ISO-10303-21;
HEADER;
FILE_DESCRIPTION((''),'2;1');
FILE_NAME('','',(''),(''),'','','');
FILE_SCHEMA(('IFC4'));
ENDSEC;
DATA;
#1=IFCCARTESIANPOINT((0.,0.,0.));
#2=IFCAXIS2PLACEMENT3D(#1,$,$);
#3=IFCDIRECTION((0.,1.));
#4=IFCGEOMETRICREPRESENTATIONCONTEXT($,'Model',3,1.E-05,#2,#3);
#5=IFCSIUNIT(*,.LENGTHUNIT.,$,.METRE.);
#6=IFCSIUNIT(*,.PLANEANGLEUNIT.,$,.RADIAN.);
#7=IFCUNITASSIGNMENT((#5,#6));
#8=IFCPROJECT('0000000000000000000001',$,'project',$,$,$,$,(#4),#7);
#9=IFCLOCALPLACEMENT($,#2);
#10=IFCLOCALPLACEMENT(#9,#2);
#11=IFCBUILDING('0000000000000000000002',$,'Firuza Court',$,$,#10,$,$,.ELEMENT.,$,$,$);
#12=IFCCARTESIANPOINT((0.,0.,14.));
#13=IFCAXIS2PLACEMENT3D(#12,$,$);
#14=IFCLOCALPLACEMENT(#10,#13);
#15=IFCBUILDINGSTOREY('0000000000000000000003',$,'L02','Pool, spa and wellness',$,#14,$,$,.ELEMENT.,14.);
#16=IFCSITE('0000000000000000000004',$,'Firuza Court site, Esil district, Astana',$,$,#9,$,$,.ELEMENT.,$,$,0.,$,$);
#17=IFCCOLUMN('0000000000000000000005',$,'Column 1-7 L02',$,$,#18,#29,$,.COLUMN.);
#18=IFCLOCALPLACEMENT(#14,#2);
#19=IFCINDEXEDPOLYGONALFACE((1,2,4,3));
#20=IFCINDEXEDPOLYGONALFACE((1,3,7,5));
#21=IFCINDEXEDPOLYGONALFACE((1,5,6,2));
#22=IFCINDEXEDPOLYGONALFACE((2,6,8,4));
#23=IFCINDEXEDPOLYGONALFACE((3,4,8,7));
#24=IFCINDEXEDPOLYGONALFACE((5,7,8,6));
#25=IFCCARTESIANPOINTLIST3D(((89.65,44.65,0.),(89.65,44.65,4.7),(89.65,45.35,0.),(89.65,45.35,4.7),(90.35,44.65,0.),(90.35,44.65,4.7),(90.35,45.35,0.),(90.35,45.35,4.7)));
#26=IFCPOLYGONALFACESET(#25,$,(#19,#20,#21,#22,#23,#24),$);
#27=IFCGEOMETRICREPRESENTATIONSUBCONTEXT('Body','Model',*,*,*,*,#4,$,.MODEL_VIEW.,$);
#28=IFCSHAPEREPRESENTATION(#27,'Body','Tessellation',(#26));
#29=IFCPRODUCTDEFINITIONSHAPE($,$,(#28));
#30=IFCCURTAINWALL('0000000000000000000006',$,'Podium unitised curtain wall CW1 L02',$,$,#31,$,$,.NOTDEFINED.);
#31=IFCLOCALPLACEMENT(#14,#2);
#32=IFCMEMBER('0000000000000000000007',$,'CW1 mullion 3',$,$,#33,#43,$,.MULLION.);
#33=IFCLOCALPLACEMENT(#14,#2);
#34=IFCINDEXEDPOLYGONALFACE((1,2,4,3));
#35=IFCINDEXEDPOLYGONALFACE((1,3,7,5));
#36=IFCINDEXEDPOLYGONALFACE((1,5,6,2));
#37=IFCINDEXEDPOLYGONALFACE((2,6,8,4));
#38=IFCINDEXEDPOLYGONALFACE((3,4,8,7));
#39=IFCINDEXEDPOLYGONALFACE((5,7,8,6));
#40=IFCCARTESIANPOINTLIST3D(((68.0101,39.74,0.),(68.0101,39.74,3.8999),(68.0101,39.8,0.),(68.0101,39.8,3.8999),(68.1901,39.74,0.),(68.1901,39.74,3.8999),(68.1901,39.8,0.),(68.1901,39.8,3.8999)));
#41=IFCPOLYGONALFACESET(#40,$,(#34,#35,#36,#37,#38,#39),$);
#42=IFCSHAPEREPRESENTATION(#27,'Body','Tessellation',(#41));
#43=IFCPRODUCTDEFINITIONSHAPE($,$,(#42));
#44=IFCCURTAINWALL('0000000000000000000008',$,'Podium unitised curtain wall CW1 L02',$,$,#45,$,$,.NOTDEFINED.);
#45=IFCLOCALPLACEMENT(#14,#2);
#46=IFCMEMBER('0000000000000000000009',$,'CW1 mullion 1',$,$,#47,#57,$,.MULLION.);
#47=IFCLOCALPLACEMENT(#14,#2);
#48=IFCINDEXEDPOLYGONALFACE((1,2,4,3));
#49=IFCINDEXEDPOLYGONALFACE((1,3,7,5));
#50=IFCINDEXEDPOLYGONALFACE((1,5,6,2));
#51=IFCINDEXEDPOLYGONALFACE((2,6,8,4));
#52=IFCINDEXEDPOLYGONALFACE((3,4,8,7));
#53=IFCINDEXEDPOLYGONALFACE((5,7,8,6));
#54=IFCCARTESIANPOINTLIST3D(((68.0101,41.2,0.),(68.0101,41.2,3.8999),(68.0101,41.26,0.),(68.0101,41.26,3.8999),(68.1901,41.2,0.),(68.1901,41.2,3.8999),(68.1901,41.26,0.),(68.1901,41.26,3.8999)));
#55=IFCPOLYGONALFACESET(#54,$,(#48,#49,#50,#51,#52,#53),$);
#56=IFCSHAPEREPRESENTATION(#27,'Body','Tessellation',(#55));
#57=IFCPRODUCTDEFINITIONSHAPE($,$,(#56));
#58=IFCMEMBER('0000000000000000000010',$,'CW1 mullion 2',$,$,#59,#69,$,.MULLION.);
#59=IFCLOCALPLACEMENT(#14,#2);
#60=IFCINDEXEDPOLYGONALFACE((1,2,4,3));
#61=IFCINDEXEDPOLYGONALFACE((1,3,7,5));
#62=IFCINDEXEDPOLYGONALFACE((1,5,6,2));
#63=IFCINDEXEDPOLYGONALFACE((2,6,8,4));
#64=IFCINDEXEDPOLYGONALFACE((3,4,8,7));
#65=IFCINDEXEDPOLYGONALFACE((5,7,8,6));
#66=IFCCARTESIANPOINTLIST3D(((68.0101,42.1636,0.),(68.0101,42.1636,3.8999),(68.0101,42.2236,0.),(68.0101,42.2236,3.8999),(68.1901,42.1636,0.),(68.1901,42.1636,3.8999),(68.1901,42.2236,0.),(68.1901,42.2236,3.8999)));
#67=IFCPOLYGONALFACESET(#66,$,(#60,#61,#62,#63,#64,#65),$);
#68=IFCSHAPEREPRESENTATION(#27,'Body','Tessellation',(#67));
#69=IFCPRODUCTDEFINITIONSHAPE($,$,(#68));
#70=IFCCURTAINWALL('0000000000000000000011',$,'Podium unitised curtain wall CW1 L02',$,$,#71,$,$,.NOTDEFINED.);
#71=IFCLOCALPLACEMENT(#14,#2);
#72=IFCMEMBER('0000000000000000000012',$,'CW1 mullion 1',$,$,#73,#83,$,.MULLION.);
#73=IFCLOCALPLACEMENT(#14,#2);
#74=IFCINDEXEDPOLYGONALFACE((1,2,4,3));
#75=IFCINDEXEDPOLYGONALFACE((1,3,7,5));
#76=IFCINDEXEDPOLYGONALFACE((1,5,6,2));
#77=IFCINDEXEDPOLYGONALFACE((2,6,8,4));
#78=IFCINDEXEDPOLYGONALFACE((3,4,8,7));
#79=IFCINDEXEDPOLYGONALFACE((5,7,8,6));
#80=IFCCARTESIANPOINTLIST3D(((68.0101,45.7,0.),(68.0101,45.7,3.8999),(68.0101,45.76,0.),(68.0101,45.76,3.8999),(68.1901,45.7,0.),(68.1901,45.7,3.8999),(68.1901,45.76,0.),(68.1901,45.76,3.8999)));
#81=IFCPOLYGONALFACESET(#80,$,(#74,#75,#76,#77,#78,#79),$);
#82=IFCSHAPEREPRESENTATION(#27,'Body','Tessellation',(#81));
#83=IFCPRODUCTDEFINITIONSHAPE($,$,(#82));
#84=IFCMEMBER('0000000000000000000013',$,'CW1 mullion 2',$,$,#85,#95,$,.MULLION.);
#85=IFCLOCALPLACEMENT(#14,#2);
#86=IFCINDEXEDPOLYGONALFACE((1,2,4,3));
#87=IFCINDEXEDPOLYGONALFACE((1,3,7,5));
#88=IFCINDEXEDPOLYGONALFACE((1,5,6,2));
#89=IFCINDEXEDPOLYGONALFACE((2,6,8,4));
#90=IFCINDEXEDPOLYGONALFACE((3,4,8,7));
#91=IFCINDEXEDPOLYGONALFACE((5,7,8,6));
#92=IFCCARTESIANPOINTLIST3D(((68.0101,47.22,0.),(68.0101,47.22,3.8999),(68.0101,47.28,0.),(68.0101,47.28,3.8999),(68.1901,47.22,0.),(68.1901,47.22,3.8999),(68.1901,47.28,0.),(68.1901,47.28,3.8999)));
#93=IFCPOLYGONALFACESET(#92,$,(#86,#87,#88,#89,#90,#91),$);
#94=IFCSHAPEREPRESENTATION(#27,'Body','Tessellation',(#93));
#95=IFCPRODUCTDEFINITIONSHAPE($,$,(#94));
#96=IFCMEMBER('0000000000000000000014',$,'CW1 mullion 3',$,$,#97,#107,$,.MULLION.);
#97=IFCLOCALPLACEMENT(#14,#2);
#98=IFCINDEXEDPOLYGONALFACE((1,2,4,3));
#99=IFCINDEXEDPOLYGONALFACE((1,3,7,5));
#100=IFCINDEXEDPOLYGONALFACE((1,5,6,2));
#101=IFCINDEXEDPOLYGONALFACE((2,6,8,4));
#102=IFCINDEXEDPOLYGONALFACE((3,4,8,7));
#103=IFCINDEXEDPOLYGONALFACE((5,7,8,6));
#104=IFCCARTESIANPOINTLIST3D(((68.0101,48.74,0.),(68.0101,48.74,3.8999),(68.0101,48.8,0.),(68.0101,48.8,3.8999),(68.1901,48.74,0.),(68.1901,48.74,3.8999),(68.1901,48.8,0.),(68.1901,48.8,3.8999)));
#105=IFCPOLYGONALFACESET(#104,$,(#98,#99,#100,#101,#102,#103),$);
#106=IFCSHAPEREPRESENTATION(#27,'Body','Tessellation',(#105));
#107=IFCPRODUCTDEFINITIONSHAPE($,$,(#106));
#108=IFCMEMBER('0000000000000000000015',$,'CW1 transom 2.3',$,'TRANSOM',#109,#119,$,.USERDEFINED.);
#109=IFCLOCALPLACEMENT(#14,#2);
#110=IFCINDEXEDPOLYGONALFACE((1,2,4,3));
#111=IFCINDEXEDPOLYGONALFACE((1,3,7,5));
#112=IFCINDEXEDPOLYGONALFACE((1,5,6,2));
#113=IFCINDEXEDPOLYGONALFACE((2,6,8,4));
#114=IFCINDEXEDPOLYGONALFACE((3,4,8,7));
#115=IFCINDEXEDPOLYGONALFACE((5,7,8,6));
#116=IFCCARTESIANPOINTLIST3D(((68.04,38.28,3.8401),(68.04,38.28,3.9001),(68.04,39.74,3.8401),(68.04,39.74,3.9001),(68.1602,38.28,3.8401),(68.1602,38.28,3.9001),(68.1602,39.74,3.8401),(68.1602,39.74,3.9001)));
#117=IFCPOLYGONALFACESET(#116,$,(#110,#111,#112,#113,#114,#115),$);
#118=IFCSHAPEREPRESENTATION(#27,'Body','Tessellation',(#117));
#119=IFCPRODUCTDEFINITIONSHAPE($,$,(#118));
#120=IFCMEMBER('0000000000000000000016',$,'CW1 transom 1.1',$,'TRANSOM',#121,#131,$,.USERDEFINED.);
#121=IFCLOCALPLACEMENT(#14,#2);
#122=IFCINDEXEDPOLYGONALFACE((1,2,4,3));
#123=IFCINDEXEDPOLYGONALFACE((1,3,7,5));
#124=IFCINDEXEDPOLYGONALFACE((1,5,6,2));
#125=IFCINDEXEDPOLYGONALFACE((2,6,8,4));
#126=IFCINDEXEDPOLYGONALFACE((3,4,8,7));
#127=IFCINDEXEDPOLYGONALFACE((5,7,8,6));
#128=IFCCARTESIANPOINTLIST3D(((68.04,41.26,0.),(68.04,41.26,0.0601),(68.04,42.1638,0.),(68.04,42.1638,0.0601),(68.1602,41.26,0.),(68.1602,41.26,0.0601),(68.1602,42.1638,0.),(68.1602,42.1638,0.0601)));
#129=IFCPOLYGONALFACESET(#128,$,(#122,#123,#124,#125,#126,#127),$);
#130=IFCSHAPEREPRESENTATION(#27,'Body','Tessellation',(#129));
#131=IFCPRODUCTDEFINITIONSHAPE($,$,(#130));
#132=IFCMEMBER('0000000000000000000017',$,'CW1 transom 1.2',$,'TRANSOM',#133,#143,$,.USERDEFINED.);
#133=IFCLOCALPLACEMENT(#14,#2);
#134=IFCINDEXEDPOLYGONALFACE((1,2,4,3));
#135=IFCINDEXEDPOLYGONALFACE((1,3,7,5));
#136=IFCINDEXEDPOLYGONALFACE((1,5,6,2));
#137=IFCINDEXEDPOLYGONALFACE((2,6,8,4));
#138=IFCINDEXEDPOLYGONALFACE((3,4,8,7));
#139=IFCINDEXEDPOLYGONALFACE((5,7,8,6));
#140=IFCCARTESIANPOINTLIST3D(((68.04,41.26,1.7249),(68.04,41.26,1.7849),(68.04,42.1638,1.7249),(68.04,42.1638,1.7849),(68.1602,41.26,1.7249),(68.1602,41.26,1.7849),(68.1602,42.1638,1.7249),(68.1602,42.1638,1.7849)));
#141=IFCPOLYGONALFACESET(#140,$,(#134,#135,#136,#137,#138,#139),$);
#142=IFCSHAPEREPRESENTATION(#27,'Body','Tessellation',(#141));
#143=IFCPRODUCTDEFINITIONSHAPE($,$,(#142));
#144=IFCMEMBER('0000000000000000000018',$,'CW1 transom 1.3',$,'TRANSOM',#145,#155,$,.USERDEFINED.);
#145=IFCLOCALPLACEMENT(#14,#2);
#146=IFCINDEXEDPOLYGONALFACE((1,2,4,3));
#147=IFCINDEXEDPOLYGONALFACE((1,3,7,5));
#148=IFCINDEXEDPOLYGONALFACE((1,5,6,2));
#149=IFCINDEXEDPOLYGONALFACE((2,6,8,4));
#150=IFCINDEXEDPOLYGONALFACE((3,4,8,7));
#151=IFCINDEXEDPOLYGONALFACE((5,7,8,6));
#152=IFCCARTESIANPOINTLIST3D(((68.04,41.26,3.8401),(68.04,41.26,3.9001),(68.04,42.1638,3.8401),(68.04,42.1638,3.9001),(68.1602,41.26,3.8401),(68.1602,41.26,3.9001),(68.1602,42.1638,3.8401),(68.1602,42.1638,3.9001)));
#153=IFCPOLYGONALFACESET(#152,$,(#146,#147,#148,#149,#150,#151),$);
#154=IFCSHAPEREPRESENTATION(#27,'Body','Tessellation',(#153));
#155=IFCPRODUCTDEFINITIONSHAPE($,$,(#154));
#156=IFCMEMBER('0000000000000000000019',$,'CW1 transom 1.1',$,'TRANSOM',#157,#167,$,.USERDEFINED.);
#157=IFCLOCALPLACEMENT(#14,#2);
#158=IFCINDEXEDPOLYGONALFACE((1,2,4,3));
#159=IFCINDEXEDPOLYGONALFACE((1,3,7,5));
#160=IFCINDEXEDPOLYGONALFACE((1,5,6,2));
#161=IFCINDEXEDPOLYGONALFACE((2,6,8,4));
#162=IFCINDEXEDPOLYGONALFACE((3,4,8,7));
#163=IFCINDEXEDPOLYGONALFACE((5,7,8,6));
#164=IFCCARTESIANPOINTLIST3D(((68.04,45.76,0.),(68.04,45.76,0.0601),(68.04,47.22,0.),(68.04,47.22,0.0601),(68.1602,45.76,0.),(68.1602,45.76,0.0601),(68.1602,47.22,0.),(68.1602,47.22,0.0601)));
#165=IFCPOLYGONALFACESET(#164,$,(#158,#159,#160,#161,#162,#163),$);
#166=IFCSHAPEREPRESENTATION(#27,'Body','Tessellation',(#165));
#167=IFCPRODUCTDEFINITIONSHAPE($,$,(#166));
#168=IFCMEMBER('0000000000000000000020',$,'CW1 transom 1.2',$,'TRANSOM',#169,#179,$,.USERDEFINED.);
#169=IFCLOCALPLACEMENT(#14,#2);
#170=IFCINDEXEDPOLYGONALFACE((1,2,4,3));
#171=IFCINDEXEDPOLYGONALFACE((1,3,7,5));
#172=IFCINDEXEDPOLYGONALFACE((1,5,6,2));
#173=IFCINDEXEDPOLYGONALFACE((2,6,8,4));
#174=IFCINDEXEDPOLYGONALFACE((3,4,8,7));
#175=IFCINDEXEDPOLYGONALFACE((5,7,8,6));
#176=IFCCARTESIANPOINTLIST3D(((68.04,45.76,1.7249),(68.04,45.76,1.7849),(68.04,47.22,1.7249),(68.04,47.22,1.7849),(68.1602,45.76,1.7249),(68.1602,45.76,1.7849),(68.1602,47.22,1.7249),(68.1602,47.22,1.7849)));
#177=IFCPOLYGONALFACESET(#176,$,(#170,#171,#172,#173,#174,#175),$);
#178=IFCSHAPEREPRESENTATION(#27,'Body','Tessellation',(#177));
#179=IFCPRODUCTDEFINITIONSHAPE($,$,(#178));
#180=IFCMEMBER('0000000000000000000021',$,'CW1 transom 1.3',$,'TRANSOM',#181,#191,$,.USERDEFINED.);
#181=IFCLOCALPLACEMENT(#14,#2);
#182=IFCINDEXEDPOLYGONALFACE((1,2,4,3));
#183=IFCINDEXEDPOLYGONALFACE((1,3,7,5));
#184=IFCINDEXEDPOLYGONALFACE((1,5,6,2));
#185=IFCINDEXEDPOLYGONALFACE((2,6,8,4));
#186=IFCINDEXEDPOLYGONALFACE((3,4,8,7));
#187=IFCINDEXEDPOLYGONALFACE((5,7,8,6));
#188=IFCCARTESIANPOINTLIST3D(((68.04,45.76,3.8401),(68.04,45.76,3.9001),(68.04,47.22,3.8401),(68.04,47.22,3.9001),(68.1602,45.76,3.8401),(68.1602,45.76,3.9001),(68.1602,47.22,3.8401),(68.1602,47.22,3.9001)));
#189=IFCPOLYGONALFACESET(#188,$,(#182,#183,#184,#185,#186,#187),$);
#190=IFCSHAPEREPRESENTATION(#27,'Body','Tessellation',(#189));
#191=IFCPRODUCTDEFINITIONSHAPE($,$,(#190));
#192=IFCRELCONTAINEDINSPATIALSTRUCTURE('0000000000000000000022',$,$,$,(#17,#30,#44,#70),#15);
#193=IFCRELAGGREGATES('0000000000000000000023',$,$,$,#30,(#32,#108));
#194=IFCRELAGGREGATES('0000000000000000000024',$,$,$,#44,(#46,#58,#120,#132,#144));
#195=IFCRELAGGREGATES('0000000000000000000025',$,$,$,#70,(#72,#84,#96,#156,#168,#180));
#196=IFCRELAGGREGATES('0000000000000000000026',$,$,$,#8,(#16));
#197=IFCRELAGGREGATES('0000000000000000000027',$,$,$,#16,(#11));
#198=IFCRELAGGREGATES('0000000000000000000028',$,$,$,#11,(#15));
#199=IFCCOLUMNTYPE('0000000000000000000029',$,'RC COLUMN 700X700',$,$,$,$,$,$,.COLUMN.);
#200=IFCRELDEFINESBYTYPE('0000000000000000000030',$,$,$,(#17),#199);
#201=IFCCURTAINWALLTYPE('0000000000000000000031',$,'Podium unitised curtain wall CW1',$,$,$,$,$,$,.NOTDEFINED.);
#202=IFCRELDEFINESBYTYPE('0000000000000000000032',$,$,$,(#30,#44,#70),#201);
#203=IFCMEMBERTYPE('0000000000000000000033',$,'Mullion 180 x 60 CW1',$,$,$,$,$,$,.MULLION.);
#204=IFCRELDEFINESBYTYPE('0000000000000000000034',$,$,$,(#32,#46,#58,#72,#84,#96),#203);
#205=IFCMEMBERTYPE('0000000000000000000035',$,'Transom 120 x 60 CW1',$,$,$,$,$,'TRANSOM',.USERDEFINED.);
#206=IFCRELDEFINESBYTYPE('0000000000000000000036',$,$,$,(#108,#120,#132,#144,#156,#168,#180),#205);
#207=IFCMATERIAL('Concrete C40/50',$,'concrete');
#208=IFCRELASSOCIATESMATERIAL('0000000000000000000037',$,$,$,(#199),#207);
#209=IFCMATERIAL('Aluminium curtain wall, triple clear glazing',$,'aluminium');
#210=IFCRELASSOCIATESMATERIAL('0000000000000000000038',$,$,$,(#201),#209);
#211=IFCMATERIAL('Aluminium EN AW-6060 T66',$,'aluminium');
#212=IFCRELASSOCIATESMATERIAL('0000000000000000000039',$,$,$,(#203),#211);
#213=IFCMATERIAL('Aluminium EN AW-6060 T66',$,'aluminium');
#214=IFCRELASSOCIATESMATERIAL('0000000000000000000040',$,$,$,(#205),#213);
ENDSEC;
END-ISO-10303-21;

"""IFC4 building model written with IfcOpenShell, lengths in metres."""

from ifc_helpers import new_model, si_unit, direction, frame, origin, origin_2d, place, context, subcontext, project, spatial, rectangle, extrude, material, material_profile, profile_set, type_object, element, aggregate, save


model = new_model("IFC4")

# Units and contexts
model_context = context("Model", 3, precision=1e-05, world=origin(), true_north=direction((0.0, 1.0)))
body_context = subcontext(model_context, "Body", "Model", "MODEL_VIEW")
ifc_project = project(units=[si_unit("LENGTHUNIT", "METRE"), si_unit("PLANEANGLEUNIT", "RADIAN")], contexts=[model_context])

# Site, building, storey
site_placement = place(None, origin())
site = spatial("IfcSite", under=ifc_project, at=site_placement, Name="Firuza Court site, Esil district, Astana", CompositionType="ELEMENT", RefElevation=0.0)
building_placement = place(site_placement, origin())
building = spatial("IfcBuilding", under=site, at=building_placement, Name="Firuza Court", CompositionType="ELEMENT")
storey_placement = place(building_placement, frame((0.0, 0.0, 14.0)))
storey = spatial("IfcBuildingStorey", under=building, at=storey_placement, Name="L02", Description="Pool, spa and wellness", CompositionType="ELEMENT", Elevation=14.0)

# Column
ifc_material_1 = material(Name="Concrete C40/50", Category="concrete")
ifc_material_profile_1 = material_profile(ifc_material_1, rectangle(XDim=0.7, YDim=0.7, at=origin_2d()), Name="RC 700X700")
ifc_profile_set_1 = profile_set([ifc_material_profile_1], Name="Concrete C40/50")
column_type = type_object("IfcColumnType", Name="RC COLUMN 700X700", PredefinedType="COLUMN", material=ifc_profile_set_1)
column_placement = place(storey_placement, frame((90.0, 45.0, 0.0), z_axis=(0.0, 0.0, 1.0), x_axis=(1.0, 0.0, 0.0)))
element("IfcColumn", 1, at=column_placement, inside=storey, type_object=column_type, Name="Column 1-7 L02", PredefinedType="COLUMN", context=body_context, shape_type="SweptSolid", body=[
    extrude(rectangle(XDim=0.7, YDim=0.7, at=origin_2d()), origin(), (0.0, 0.0, 1.0), 4.7),
])

# Curtain wall, member
ifc_material_2 = material(Name="Aluminium curtain wall, triple clear glazing", Category="aluminium")
curtain_wall_type = type_object("IfcCurtainWallType", Name="Podium unitised curtain wall CW1", PredefinedType="NOTDEFINED", material=ifc_material_2)
curtain_wall_1_placement = place(storey_placement, origin())
curtain_wall_1 = element("IfcCurtainWall", 2, at=curtain_wall_1_placement, inside=storey, type_object=curtain_wall_type, Name="Podium unitised curtain wall CW1 L02", PredefinedType="NOTDEFINED")
ifc_material_3 = material(Name="Aluminium EN AW-6060 T66", Category="aluminium")
ifc_material_profile_2 = material_profile(ifc_material_3, rectangle(XDim=0.1799, YDim=0.0601, at=origin_2d()), Name="Mullion 180 x 60 CW1")
ifc_profile_set_2 = profile_set([ifc_material_profile_2], Name="Aluminium EN AW-6060 T66")
member_type_1 = type_object("IfcMemberType", Name="Mullion 180 x 60 CW1", PredefinedType="MULLION", material=ifc_profile_set_2)
member_1_placement = place(storey_placement, frame((68.1001, 39.77, 0.0), z_axis=(0.0, 0.0, 1.0), x_axis=(-1.0, 0.0, 0.0)))
member_1 = element("IfcMember", 3, at=member_1_placement, type_object=member_type_1, Name="CW1 mullion 3", PredefinedType="MULLION", context=body_context, shape_type="SweptSolid", body=[
    extrude(rectangle(XDim=0.1799, YDim=0.0601, at=origin_2d()), origin(), (0.0, 0.0, 1.0), 3.8999),
])

# Curtain walls, members
curtain_wall_2_placement = place(storey_placement, origin())
curtain_wall_2 = element("IfcCurtainWall", 4, at=curtain_wall_2_placement, inside=storey, type_object=curtain_wall_type, Name="Podium unitised curtain wall CW1 L02", PredefinedType="NOTDEFINED")
member_2_placement = place(storey_placement, frame((68.1001, 41.23, 0.0), z_axis=(0.0, 0.0, 1.0), x_axis=(-1.0, 0.0, 0.0)))
member_2 = element("IfcMember", 5, at=member_2_placement, type_object=member_type_1, Name="CW1 mullion 1", PredefinedType="MULLION", context=body_context, shape_type="SweptSolid", body=[
    extrude(rectangle(XDim=0.1799, YDim=0.0601, at=origin_2d()), origin(), (0.0, 0.0, 1.0), 3.8999),
])
member_3_placement = place(storey_placement, frame((68.1001, 42.1936, 0.0), z_axis=(0.0, 0.0, 1.0), x_axis=(-1.0, 0.0, 0.0)))
member_3 = element("IfcMember", 6, at=member_3_placement, type_object=member_type_1, Name="CW1 mullion 2", PredefinedType="MULLION", context=body_context, shape_type="SweptSolid", body=[
    extrude(rectangle(XDim=0.1799, YDim=0.0601, at=origin_2d()), origin(), (0.0, 0.0, 1.0), 3.8999),
])
curtain_wall_3_placement = place(storey_placement, origin())
curtain_wall_3 = element("IfcCurtainWall", 7, at=curtain_wall_3_placement, inside=storey, type_object=curtain_wall_type, Name="Podium unitised curtain wall CW1 L02", PredefinedType="NOTDEFINED")
member_4_placement = place(storey_placement, frame((68.1001, 45.73, 0.0), z_axis=(0.0, 0.0, 1.0), x_axis=(-1.0, 0.0, 0.0)))
member_4 = element("IfcMember", 8, at=member_4_placement, type_object=member_type_1, Name="CW1 mullion 1", PredefinedType="MULLION", context=body_context, shape_type="SweptSolid", body=[
    extrude(rectangle(XDim=0.1799, YDim=0.0601, at=origin_2d()), origin(), (0.0, 0.0, 1.0), 3.8999),
])
member_5_placement = place(storey_placement, frame((68.1001, 47.25, 0.0), z_axis=(0.0, 0.0, 1.0), x_axis=(-1.0, 0.0, 0.0)))
member_5 = element("IfcMember", 9, at=member_5_placement, type_object=member_type_1, Name="CW1 mullion 2", PredefinedType="MULLION", context=body_context, shape_type="SweptSolid", body=[
    extrude(rectangle(XDim=0.1799, YDim=0.0601, at=origin_2d()), origin(), (0.0, 0.0, 1.0), 3.8999),
])
member_6_placement = place(storey_placement, frame((68.1001, 48.77, 0.0), z_axis=(0.0, 0.0, 1.0), x_axis=(-1.0, 0.0, 0.0)))
member_6 = element("IfcMember", 10, at=member_6_placement, type_object=member_type_1, Name="CW1 mullion 3", PredefinedType="MULLION", context=body_context, shape_type="SweptSolid", body=[
    extrude(rectangle(XDim=0.1799, YDim=0.0601, at=origin_2d()), origin(), (0.0, 0.0, 1.0), 3.8999),
])

# Members
ifc_material_4 = material(Name="Aluminium EN AW-6060 T66", Category="aluminium")
ifc_material_profile_3 = material_profile(ifc_material_4, rectangle(XDim=0.1201, YDim=0.0601, at=origin_2d()), Name="Transom 120 x 60 CW1")
ifc_profile_set_3 = profile_set([ifc_material_profile_3], Name="Aluminium EN AW-6060 T66")
member_type_2 = type_object("IfcMemberType", Name="Transom 120 x 60 CW1", ElementType="TRANSOM", PredefinedType="USERDEFINED", material=ifc_profile_set_3)
member_7_placement = place(storey_placement, frame((68.1001, 38.28, 3.8701), z_axis=(0.0, 1.0, 0.0), x_axis=(-1.0, 0.0, 0.0)))
member_7 = element("IfcMember", 11, at=member_7_placement, type_object=member_type_2, Name="CW1 transom 2.3", ObjectType="TRANSOM", PredefinedType="USERDEFINED", context=body_context, shape_type="SweptSolid", body=[
    extrude(rectangle(XDim=0.1201, YDim=0.0601, at=origin_2d()), origin(), (0.0, 0.0, 1.0), 1.46),
])
member_8_placement = place(storey_placement, frame((68.1001, 41.26, 0.03), z_axis=(0.0, 1.0, 0.0), x_axis=(-1.0, 0.0, 0.0)))
member_8 = element("IfcMember", 12, at=member_8_placement, type_object=member_type_2, Name="CW1 transom 1.1", ObjectType="TRANSOM", PredefinedType="USERDEFINED", context=body_context, shape_type="SweptSolid", body=[
    extrude(rectangle(XDim=0.1201, YDim=0.0601, at=origin_2d()), origin(), (0.0, 0.0, 1.0), 0.9038),
])
member_9_placement = place(storey_placement, frame((68.1001, 41.26, 1.7549), z_axis=(0.0, 1.0, 0.0), x_axis=(-1.0, 0.0, 0.0)))
member_9 = element("IfcMember", 13, at=member_9_placement, type_object=member_type_2, Name="CW1 transom 1.2", ObjectType="TRANSOM", PredefinedType="USERDEFINED", context=body_context, shape_type="SweptSolid", body=[
    extrude(rectangle(XDim=0.1201, YDim=0.0601, at=origin_2d()), origin(), (0.0, 0.0, 1.0), 0.9038),
])
member_10_placement = place(storey_placement, frame((68.1001, 41.26, 3.8701), z_axis=(0.0, 1.0, 0.0), x_axis=(-1.0, 0.0, 0.0)))
member_10 = element("IfcMember", 14, at=member_10_placement, type_object=member_type_2, Name="CW1 transom 1.3", ObjectType="TRANSOM", PredefinedType="USERDEFINED", context=body_context, shape_type="SweptSolid", body=[
    extrude(rectangle(XDim=0.1201, YDim=0.0601, at=origin_2d()), origin(), (0.0, 0.0, 1.0), 0.9038),
])
member_11_placement = place(storey_placement, frame((68.1001, 45.76, 0.03), z_axis=(0.0, 1.0, 0.0), x_axis=(-1.0, 0.0, 0.0)))
member_11 = element("IfcMember", 15, at=member_11_placement, type_object=member_type_2, Name="CW1 transom 1.1", ObjectType="TRANSOM", PredefinedType="USERDEFINED", context=body_context, shape_type="SweptSolid", body=[
    extrude(rectangle(XDim=0.1201, YDim=0.0601, at=origin_2d()), origin(), (0.0, 0.0, 1.0), 1.46),
])
member_12_placement = place(storey_placement, frame((68.1001, 45.76, 1.7549), z_axis=(0.0, 1.0, 0.0), x_axis=(-1.0, 0.0, 0.0)))
member_12 = element("IfcMember", 16, at=member_12_placement, type_object=member_type_2, Name="CW1 transom 1.2", ObjectType="TRANSOM", PredefinedType="USERDEFINED", context=body_context, shape_type="SweptSolid", body=[
    extrude(rectangle(XDim=0.1201, YDim=0.0601, at=origin_2d()), origin(), (0.0, 0.0, 1.0), 1.46),
])
member_13_placement = place(storey_placement, frame((68.1001, 45.76, 3.8701), z_axis=(0.0, 1.0, 0.0), x_axis=(-1.0, 0.0, 0.0)))
member_13 = element("IfcMember", 17, at=member_13_placement, type_object=member_type_2, Name="CW1 transom 1.3", ObjectType="TRANSOM", PredefinedType="USERDEFINED", context=body_context, shape_type="SweptSolid", body=[
    extrude(rectangle(XDim=0.1201, YDim=0.0601, at=origin_2d()), origin(), (0.0, 0.0, 1.0), 1.46),
])

aggregate(curtain_wall_1, [member_1, member_7])
aggregate(curtain_wall_2, [member_2, member_3, member_8, member_9, member_10])
aggregate(curtain_wall_3, [member_4, member_5, member_6, member_11, member_12, member_13])

save(model, "model.ifc")
